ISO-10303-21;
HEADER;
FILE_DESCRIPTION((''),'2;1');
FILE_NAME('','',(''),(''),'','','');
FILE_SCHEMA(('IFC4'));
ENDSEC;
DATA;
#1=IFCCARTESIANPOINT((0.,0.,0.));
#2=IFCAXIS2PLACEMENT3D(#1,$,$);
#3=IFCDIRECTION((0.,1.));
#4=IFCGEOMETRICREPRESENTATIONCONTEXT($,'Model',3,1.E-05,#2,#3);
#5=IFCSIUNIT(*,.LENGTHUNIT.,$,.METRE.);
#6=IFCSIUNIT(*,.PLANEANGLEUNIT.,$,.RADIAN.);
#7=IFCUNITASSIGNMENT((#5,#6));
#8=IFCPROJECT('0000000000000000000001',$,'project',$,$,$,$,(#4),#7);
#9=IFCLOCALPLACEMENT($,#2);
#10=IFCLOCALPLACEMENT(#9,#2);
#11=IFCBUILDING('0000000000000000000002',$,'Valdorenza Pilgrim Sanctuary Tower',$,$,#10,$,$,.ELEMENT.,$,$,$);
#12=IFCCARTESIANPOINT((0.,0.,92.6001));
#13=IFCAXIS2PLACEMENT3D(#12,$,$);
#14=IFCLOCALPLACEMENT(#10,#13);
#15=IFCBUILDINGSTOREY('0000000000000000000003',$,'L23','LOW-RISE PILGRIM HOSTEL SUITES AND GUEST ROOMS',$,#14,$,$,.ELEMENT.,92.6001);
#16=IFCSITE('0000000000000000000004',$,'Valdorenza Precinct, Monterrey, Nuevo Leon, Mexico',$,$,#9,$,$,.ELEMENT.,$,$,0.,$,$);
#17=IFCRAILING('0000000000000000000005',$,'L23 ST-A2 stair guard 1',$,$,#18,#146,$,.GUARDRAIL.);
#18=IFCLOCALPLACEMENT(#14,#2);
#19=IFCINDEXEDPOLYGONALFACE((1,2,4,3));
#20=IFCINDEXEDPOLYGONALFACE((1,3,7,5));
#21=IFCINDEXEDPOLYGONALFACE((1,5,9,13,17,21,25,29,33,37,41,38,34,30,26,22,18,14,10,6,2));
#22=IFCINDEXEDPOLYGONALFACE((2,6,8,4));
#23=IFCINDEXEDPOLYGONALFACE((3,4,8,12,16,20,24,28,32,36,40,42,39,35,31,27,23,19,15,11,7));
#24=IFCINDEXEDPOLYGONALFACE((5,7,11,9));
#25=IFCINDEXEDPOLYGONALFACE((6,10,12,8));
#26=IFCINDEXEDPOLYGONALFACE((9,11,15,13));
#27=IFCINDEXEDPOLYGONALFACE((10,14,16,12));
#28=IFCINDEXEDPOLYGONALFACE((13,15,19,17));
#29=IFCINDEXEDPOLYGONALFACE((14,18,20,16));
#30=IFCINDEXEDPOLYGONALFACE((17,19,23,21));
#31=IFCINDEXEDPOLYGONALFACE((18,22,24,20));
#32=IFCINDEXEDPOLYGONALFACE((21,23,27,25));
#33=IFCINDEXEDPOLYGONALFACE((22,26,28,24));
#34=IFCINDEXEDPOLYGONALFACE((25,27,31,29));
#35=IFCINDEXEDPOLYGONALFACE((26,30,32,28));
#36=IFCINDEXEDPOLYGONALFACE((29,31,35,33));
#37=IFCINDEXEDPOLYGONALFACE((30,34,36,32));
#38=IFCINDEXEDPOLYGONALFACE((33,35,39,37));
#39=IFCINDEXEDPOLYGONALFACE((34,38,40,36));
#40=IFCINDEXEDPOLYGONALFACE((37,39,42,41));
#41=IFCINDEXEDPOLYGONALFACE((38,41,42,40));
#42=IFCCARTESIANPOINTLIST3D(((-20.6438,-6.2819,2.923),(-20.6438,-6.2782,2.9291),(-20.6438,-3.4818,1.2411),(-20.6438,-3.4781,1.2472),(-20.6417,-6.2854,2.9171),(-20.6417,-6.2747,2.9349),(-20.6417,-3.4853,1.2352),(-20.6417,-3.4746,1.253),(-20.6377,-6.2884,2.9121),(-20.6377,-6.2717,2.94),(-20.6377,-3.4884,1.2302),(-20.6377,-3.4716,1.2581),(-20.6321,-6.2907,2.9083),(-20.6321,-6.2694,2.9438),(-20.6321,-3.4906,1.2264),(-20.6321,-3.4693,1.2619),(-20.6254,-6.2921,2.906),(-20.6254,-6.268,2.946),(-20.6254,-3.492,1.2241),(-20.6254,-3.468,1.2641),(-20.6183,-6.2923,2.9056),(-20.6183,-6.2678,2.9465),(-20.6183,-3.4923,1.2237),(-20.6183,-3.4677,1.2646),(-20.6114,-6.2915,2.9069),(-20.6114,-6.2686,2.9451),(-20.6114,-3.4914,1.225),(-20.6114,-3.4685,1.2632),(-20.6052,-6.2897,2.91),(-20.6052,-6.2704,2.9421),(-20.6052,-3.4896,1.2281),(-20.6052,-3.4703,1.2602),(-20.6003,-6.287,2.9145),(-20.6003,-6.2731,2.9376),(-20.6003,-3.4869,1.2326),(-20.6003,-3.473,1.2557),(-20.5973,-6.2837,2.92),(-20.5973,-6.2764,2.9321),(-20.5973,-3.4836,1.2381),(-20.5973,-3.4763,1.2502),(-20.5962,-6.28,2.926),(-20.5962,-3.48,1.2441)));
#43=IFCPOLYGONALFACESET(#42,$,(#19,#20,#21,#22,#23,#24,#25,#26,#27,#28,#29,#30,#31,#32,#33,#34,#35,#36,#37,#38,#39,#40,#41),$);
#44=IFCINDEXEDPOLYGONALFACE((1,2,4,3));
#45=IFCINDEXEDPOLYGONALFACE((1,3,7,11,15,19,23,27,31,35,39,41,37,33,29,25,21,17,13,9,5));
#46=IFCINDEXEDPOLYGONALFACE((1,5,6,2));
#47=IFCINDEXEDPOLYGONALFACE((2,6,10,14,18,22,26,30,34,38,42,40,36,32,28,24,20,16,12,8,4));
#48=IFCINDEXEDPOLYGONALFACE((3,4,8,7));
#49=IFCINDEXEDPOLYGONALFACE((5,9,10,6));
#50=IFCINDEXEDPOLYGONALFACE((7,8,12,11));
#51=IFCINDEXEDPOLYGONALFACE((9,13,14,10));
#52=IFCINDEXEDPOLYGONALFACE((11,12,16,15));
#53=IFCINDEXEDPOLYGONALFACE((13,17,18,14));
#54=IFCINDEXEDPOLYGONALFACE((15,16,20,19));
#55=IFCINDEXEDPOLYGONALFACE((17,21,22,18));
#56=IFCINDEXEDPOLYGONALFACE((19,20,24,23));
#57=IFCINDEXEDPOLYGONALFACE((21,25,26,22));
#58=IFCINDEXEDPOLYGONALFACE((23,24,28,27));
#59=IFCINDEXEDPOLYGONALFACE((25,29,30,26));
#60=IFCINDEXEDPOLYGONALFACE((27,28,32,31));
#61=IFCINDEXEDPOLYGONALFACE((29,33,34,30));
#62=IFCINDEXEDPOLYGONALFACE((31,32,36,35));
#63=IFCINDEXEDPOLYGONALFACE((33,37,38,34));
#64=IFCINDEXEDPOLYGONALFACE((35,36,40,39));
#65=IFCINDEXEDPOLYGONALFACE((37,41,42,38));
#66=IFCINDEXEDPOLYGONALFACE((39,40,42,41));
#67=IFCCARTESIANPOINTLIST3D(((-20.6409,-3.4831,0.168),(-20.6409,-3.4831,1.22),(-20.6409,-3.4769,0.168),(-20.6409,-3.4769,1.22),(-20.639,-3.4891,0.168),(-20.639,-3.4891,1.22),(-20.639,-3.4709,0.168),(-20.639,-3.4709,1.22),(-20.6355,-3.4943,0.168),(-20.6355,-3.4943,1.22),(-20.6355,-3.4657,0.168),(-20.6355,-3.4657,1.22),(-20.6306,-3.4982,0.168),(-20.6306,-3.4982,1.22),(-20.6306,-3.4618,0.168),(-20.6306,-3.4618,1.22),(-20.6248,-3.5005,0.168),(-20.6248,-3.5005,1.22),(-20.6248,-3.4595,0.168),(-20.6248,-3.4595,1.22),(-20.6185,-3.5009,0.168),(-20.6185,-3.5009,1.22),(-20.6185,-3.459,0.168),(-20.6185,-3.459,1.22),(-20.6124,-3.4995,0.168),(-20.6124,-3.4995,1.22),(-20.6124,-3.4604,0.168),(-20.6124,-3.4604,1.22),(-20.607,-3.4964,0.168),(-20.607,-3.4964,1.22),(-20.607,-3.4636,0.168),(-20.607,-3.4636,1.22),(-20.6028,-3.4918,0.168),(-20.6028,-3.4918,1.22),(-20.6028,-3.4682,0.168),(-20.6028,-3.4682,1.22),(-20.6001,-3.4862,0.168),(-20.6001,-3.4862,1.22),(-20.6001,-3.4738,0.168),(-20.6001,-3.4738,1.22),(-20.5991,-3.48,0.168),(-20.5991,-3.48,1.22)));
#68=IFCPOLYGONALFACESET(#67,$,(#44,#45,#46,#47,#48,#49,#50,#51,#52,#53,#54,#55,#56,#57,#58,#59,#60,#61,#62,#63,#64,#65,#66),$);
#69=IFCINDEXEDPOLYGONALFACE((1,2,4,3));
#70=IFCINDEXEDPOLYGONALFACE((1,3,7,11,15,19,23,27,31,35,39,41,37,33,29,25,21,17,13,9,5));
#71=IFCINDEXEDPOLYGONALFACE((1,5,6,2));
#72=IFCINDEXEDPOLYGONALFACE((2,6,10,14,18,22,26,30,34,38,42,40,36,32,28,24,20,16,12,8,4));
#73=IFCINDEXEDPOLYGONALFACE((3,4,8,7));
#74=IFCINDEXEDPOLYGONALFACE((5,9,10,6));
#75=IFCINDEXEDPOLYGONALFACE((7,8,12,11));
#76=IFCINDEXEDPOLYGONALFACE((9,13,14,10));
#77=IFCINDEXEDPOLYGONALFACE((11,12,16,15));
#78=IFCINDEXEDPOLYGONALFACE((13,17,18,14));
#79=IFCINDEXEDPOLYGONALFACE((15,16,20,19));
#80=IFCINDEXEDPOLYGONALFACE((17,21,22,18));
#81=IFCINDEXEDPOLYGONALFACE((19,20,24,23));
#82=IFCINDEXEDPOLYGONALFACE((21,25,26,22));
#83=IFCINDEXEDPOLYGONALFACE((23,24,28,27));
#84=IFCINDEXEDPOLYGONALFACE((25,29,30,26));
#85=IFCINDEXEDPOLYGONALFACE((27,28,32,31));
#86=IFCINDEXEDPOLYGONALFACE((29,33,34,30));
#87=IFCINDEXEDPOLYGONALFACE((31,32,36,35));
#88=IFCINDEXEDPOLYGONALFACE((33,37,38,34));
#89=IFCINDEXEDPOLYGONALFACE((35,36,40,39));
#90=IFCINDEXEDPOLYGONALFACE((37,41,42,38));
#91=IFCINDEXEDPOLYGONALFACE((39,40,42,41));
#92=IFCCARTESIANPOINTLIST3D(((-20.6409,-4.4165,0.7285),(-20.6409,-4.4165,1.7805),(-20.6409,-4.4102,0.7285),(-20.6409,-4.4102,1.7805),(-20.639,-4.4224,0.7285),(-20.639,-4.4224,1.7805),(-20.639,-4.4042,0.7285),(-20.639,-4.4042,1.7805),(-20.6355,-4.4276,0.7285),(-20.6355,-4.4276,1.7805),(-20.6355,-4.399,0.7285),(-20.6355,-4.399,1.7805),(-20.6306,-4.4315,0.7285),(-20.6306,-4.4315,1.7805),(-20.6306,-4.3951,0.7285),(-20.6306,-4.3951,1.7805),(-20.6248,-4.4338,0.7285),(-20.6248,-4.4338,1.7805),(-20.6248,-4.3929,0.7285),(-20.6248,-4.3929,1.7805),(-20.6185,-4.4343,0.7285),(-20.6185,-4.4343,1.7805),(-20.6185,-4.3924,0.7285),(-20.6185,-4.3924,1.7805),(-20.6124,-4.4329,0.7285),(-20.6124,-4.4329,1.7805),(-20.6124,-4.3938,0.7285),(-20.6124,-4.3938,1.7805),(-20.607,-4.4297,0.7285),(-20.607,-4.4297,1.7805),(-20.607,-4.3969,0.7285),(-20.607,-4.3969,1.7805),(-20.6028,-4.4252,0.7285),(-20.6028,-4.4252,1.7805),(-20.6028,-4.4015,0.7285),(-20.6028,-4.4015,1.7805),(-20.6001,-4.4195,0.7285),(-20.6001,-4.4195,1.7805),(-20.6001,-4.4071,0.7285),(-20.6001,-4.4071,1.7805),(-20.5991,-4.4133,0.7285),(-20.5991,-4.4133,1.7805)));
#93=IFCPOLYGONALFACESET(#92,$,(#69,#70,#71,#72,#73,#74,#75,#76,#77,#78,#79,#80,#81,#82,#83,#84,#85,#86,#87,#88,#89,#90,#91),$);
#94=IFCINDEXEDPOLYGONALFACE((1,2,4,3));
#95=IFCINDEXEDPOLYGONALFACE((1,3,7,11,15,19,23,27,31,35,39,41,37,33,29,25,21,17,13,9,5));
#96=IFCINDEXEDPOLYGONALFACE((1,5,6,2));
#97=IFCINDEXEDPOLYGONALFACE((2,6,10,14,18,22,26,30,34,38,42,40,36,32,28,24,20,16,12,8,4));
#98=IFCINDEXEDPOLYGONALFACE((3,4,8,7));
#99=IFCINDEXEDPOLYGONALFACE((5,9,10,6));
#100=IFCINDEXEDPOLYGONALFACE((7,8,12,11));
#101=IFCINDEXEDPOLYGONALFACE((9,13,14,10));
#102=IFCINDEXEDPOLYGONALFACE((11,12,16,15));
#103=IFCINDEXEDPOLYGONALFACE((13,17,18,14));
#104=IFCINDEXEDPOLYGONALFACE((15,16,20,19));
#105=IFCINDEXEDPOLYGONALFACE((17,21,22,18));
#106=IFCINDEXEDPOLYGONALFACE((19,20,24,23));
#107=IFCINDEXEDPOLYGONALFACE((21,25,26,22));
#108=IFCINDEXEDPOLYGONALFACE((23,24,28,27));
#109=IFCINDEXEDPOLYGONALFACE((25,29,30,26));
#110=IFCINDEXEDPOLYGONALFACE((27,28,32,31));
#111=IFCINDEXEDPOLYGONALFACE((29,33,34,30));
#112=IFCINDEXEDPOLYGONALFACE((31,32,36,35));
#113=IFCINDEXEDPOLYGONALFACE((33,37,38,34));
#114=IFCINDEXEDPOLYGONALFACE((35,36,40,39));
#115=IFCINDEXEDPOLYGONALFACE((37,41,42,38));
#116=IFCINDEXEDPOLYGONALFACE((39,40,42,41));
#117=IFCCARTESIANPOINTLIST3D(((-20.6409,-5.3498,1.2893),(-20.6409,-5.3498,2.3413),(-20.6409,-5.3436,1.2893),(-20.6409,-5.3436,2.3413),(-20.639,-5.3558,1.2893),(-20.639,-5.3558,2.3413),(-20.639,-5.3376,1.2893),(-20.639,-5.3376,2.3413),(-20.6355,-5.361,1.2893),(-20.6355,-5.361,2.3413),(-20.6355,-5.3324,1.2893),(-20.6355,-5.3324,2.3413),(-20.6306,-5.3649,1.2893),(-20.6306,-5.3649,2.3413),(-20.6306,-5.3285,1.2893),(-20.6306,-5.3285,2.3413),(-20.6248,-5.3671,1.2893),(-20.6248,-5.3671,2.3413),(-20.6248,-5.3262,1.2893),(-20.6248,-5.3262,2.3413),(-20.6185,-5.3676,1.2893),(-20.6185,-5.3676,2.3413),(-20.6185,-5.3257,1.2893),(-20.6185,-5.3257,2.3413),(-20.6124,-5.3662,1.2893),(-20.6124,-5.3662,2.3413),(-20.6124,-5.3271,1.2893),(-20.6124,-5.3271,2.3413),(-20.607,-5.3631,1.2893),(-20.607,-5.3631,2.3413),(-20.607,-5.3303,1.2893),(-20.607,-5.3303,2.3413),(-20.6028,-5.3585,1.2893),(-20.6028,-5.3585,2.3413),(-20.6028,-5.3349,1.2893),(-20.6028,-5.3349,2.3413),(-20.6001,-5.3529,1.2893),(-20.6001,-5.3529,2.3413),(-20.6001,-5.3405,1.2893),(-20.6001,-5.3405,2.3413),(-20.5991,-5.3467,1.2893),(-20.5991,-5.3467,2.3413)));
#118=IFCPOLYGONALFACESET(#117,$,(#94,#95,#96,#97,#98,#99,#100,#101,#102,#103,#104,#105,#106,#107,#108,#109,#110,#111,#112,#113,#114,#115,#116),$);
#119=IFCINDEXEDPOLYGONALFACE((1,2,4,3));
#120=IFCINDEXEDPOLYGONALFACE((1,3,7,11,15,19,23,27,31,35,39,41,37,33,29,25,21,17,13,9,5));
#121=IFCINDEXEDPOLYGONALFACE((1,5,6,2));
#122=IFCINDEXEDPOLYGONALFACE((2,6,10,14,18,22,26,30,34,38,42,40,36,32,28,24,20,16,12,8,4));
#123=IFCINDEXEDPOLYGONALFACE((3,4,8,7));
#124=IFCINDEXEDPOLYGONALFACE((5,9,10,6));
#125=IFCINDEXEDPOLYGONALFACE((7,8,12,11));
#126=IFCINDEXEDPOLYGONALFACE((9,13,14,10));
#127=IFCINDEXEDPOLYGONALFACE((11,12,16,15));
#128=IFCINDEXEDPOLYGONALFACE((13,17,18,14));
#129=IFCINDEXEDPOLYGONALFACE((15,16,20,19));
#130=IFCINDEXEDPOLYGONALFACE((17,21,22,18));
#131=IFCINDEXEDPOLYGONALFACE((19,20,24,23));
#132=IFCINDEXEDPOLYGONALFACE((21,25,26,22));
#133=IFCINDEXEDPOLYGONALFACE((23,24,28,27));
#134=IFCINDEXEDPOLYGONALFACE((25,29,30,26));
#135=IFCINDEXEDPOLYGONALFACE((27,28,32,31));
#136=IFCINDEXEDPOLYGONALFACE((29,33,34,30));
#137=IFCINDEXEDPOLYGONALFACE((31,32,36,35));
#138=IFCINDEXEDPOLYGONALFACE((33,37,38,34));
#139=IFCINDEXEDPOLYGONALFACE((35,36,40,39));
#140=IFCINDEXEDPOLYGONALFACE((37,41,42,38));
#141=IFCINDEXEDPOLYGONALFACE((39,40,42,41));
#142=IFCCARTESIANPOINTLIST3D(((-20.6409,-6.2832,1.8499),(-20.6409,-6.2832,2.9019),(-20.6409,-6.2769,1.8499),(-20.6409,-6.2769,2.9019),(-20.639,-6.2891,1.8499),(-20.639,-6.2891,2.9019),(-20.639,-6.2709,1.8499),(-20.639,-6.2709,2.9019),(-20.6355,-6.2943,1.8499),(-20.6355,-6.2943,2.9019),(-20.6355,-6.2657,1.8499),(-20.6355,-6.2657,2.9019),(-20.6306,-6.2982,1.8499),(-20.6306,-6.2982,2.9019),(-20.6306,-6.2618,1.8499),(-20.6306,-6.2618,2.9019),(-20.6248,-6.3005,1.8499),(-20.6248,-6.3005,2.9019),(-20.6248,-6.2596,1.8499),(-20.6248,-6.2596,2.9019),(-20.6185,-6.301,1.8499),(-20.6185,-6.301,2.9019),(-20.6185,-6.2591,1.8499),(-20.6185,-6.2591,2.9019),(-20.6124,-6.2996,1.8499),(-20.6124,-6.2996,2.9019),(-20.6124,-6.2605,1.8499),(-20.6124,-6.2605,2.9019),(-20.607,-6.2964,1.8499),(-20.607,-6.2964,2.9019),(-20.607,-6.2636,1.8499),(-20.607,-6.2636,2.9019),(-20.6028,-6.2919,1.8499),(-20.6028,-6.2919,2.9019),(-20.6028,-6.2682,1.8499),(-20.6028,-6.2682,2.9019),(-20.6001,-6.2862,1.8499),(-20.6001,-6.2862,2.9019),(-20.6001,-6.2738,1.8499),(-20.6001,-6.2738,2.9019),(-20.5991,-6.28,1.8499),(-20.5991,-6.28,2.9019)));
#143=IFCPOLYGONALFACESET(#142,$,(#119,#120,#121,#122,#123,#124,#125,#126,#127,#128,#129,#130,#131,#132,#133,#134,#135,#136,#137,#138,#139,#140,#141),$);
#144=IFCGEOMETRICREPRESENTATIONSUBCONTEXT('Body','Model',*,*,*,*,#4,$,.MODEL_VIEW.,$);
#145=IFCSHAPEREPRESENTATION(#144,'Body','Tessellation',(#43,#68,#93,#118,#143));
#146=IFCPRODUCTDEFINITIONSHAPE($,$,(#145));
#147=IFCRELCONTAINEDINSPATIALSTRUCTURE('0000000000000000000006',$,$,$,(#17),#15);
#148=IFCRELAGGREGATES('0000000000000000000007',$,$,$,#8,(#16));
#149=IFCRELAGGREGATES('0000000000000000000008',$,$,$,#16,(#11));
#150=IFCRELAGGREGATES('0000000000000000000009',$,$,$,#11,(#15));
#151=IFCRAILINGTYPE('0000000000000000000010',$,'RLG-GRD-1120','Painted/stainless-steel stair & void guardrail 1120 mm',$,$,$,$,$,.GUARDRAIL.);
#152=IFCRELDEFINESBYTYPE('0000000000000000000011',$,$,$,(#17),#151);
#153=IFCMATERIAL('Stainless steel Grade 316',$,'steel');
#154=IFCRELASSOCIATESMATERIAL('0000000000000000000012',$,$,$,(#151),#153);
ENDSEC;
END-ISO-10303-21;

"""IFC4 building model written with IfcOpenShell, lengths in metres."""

from ifc_helpers import new_model, si_unit, direction, frame, origin, origin_2d, place, context, subcontext, project, spatial, circle, extrude, material, type_object, element, save


model = new_model("IFC4")

# Units and contexts
model_context = context("Model", 3, precision=1e-05, world=origin(), true_north=direction((0.0, 1.0)))
body_context = subcontext(model_context, "Body", "Model", "MODEL_VIEW")
ifc_project = project(units=[si_unit("LENGTHUNIT", "METRE"), si_unit("PLANEANGLEUNIT", "RADIAN")], contexts=[model_context])

# Site, building, storey
site_placement = place(None, origin())
site = spatial("IfcSite", under=ifc_project, at=site_placement, Name="Valdorenza Precinct, Monterrey, Nuevo Leon, Mexico", CompositionType="ELEMENT", RefElevation=0.0)
building_placement = place(site_placement, origin())
building = spatial("IfcBuilding", under=site, at=building_placement, Name="Valdorenza Pilgrim Sanctuary Tower", CompositionType="ELEMENT")
storey_placement = place(building_placement, frame((0.0, 0.0, 92.6001)))
storey = spatial("IfcBuildingStorey", under=building, at=storey_placement, Name="L23", Description="LOW-RISE PILGRIM HOSTEL SUITES AND GUEST ROOMS", CompositionType="ELEMENT", Elevation=92.6001)

# Railing
ifc_material_1 = material(Name="Stainless steel Grade 316", Category="steel")
railing_type_1 = type_object("IfcRailingType", Name="RLG-GRD-1120", Description="Painted/stainless-steel stair & void guardrail 1120 mm", PredefinedType="GUARDRAIL", material=ifc_material_1)
railing_1_placement = place(storey_placement, frame((-20.6201, -3.48, 0.168)))
element("IfcRailing", 1, at=railing_1_placement, inside=storey, type_object=railing_type_1, Name="L23 ST-A2 stair guard 1", PredefinedType="GUARDRAIL", context=body_context, shape_type="SweptSolid", body=[
    extrude(circle(Radius=0.0239, at=origin_2d()), frame((0.0, 0.0, 1.0762), z_axis=(0.0, -0.857242, 0.514913), x_axis=(1.0, 0.0, 0.0)), (0.0, 0.0, 1.0), 3.2664),
    extrude(circle(Radius=0.021, at=origin_2d()), origin(), (0.0, 0.0, 1.0), 1.052),
    extrude(circle(Radius=0.021, at=origin_2d()), frame((0.0, -0.9333, 0.5605)), (0.0, 0.0, 1.0), 1.052),
    extrude(circle(Radius=0.021, at=origin_2d()), frame((0.0, -1.8667, 1.1213)), (0.0, 0.0, 1.0), 1.052),
    extrude(circle(Radius=0.021, at=origin_2d()), frame((0.0, -2.8, 1.6819)), (0.0, 0.0, 1.0), 1.052),
])

save(model, "model.ifc")
